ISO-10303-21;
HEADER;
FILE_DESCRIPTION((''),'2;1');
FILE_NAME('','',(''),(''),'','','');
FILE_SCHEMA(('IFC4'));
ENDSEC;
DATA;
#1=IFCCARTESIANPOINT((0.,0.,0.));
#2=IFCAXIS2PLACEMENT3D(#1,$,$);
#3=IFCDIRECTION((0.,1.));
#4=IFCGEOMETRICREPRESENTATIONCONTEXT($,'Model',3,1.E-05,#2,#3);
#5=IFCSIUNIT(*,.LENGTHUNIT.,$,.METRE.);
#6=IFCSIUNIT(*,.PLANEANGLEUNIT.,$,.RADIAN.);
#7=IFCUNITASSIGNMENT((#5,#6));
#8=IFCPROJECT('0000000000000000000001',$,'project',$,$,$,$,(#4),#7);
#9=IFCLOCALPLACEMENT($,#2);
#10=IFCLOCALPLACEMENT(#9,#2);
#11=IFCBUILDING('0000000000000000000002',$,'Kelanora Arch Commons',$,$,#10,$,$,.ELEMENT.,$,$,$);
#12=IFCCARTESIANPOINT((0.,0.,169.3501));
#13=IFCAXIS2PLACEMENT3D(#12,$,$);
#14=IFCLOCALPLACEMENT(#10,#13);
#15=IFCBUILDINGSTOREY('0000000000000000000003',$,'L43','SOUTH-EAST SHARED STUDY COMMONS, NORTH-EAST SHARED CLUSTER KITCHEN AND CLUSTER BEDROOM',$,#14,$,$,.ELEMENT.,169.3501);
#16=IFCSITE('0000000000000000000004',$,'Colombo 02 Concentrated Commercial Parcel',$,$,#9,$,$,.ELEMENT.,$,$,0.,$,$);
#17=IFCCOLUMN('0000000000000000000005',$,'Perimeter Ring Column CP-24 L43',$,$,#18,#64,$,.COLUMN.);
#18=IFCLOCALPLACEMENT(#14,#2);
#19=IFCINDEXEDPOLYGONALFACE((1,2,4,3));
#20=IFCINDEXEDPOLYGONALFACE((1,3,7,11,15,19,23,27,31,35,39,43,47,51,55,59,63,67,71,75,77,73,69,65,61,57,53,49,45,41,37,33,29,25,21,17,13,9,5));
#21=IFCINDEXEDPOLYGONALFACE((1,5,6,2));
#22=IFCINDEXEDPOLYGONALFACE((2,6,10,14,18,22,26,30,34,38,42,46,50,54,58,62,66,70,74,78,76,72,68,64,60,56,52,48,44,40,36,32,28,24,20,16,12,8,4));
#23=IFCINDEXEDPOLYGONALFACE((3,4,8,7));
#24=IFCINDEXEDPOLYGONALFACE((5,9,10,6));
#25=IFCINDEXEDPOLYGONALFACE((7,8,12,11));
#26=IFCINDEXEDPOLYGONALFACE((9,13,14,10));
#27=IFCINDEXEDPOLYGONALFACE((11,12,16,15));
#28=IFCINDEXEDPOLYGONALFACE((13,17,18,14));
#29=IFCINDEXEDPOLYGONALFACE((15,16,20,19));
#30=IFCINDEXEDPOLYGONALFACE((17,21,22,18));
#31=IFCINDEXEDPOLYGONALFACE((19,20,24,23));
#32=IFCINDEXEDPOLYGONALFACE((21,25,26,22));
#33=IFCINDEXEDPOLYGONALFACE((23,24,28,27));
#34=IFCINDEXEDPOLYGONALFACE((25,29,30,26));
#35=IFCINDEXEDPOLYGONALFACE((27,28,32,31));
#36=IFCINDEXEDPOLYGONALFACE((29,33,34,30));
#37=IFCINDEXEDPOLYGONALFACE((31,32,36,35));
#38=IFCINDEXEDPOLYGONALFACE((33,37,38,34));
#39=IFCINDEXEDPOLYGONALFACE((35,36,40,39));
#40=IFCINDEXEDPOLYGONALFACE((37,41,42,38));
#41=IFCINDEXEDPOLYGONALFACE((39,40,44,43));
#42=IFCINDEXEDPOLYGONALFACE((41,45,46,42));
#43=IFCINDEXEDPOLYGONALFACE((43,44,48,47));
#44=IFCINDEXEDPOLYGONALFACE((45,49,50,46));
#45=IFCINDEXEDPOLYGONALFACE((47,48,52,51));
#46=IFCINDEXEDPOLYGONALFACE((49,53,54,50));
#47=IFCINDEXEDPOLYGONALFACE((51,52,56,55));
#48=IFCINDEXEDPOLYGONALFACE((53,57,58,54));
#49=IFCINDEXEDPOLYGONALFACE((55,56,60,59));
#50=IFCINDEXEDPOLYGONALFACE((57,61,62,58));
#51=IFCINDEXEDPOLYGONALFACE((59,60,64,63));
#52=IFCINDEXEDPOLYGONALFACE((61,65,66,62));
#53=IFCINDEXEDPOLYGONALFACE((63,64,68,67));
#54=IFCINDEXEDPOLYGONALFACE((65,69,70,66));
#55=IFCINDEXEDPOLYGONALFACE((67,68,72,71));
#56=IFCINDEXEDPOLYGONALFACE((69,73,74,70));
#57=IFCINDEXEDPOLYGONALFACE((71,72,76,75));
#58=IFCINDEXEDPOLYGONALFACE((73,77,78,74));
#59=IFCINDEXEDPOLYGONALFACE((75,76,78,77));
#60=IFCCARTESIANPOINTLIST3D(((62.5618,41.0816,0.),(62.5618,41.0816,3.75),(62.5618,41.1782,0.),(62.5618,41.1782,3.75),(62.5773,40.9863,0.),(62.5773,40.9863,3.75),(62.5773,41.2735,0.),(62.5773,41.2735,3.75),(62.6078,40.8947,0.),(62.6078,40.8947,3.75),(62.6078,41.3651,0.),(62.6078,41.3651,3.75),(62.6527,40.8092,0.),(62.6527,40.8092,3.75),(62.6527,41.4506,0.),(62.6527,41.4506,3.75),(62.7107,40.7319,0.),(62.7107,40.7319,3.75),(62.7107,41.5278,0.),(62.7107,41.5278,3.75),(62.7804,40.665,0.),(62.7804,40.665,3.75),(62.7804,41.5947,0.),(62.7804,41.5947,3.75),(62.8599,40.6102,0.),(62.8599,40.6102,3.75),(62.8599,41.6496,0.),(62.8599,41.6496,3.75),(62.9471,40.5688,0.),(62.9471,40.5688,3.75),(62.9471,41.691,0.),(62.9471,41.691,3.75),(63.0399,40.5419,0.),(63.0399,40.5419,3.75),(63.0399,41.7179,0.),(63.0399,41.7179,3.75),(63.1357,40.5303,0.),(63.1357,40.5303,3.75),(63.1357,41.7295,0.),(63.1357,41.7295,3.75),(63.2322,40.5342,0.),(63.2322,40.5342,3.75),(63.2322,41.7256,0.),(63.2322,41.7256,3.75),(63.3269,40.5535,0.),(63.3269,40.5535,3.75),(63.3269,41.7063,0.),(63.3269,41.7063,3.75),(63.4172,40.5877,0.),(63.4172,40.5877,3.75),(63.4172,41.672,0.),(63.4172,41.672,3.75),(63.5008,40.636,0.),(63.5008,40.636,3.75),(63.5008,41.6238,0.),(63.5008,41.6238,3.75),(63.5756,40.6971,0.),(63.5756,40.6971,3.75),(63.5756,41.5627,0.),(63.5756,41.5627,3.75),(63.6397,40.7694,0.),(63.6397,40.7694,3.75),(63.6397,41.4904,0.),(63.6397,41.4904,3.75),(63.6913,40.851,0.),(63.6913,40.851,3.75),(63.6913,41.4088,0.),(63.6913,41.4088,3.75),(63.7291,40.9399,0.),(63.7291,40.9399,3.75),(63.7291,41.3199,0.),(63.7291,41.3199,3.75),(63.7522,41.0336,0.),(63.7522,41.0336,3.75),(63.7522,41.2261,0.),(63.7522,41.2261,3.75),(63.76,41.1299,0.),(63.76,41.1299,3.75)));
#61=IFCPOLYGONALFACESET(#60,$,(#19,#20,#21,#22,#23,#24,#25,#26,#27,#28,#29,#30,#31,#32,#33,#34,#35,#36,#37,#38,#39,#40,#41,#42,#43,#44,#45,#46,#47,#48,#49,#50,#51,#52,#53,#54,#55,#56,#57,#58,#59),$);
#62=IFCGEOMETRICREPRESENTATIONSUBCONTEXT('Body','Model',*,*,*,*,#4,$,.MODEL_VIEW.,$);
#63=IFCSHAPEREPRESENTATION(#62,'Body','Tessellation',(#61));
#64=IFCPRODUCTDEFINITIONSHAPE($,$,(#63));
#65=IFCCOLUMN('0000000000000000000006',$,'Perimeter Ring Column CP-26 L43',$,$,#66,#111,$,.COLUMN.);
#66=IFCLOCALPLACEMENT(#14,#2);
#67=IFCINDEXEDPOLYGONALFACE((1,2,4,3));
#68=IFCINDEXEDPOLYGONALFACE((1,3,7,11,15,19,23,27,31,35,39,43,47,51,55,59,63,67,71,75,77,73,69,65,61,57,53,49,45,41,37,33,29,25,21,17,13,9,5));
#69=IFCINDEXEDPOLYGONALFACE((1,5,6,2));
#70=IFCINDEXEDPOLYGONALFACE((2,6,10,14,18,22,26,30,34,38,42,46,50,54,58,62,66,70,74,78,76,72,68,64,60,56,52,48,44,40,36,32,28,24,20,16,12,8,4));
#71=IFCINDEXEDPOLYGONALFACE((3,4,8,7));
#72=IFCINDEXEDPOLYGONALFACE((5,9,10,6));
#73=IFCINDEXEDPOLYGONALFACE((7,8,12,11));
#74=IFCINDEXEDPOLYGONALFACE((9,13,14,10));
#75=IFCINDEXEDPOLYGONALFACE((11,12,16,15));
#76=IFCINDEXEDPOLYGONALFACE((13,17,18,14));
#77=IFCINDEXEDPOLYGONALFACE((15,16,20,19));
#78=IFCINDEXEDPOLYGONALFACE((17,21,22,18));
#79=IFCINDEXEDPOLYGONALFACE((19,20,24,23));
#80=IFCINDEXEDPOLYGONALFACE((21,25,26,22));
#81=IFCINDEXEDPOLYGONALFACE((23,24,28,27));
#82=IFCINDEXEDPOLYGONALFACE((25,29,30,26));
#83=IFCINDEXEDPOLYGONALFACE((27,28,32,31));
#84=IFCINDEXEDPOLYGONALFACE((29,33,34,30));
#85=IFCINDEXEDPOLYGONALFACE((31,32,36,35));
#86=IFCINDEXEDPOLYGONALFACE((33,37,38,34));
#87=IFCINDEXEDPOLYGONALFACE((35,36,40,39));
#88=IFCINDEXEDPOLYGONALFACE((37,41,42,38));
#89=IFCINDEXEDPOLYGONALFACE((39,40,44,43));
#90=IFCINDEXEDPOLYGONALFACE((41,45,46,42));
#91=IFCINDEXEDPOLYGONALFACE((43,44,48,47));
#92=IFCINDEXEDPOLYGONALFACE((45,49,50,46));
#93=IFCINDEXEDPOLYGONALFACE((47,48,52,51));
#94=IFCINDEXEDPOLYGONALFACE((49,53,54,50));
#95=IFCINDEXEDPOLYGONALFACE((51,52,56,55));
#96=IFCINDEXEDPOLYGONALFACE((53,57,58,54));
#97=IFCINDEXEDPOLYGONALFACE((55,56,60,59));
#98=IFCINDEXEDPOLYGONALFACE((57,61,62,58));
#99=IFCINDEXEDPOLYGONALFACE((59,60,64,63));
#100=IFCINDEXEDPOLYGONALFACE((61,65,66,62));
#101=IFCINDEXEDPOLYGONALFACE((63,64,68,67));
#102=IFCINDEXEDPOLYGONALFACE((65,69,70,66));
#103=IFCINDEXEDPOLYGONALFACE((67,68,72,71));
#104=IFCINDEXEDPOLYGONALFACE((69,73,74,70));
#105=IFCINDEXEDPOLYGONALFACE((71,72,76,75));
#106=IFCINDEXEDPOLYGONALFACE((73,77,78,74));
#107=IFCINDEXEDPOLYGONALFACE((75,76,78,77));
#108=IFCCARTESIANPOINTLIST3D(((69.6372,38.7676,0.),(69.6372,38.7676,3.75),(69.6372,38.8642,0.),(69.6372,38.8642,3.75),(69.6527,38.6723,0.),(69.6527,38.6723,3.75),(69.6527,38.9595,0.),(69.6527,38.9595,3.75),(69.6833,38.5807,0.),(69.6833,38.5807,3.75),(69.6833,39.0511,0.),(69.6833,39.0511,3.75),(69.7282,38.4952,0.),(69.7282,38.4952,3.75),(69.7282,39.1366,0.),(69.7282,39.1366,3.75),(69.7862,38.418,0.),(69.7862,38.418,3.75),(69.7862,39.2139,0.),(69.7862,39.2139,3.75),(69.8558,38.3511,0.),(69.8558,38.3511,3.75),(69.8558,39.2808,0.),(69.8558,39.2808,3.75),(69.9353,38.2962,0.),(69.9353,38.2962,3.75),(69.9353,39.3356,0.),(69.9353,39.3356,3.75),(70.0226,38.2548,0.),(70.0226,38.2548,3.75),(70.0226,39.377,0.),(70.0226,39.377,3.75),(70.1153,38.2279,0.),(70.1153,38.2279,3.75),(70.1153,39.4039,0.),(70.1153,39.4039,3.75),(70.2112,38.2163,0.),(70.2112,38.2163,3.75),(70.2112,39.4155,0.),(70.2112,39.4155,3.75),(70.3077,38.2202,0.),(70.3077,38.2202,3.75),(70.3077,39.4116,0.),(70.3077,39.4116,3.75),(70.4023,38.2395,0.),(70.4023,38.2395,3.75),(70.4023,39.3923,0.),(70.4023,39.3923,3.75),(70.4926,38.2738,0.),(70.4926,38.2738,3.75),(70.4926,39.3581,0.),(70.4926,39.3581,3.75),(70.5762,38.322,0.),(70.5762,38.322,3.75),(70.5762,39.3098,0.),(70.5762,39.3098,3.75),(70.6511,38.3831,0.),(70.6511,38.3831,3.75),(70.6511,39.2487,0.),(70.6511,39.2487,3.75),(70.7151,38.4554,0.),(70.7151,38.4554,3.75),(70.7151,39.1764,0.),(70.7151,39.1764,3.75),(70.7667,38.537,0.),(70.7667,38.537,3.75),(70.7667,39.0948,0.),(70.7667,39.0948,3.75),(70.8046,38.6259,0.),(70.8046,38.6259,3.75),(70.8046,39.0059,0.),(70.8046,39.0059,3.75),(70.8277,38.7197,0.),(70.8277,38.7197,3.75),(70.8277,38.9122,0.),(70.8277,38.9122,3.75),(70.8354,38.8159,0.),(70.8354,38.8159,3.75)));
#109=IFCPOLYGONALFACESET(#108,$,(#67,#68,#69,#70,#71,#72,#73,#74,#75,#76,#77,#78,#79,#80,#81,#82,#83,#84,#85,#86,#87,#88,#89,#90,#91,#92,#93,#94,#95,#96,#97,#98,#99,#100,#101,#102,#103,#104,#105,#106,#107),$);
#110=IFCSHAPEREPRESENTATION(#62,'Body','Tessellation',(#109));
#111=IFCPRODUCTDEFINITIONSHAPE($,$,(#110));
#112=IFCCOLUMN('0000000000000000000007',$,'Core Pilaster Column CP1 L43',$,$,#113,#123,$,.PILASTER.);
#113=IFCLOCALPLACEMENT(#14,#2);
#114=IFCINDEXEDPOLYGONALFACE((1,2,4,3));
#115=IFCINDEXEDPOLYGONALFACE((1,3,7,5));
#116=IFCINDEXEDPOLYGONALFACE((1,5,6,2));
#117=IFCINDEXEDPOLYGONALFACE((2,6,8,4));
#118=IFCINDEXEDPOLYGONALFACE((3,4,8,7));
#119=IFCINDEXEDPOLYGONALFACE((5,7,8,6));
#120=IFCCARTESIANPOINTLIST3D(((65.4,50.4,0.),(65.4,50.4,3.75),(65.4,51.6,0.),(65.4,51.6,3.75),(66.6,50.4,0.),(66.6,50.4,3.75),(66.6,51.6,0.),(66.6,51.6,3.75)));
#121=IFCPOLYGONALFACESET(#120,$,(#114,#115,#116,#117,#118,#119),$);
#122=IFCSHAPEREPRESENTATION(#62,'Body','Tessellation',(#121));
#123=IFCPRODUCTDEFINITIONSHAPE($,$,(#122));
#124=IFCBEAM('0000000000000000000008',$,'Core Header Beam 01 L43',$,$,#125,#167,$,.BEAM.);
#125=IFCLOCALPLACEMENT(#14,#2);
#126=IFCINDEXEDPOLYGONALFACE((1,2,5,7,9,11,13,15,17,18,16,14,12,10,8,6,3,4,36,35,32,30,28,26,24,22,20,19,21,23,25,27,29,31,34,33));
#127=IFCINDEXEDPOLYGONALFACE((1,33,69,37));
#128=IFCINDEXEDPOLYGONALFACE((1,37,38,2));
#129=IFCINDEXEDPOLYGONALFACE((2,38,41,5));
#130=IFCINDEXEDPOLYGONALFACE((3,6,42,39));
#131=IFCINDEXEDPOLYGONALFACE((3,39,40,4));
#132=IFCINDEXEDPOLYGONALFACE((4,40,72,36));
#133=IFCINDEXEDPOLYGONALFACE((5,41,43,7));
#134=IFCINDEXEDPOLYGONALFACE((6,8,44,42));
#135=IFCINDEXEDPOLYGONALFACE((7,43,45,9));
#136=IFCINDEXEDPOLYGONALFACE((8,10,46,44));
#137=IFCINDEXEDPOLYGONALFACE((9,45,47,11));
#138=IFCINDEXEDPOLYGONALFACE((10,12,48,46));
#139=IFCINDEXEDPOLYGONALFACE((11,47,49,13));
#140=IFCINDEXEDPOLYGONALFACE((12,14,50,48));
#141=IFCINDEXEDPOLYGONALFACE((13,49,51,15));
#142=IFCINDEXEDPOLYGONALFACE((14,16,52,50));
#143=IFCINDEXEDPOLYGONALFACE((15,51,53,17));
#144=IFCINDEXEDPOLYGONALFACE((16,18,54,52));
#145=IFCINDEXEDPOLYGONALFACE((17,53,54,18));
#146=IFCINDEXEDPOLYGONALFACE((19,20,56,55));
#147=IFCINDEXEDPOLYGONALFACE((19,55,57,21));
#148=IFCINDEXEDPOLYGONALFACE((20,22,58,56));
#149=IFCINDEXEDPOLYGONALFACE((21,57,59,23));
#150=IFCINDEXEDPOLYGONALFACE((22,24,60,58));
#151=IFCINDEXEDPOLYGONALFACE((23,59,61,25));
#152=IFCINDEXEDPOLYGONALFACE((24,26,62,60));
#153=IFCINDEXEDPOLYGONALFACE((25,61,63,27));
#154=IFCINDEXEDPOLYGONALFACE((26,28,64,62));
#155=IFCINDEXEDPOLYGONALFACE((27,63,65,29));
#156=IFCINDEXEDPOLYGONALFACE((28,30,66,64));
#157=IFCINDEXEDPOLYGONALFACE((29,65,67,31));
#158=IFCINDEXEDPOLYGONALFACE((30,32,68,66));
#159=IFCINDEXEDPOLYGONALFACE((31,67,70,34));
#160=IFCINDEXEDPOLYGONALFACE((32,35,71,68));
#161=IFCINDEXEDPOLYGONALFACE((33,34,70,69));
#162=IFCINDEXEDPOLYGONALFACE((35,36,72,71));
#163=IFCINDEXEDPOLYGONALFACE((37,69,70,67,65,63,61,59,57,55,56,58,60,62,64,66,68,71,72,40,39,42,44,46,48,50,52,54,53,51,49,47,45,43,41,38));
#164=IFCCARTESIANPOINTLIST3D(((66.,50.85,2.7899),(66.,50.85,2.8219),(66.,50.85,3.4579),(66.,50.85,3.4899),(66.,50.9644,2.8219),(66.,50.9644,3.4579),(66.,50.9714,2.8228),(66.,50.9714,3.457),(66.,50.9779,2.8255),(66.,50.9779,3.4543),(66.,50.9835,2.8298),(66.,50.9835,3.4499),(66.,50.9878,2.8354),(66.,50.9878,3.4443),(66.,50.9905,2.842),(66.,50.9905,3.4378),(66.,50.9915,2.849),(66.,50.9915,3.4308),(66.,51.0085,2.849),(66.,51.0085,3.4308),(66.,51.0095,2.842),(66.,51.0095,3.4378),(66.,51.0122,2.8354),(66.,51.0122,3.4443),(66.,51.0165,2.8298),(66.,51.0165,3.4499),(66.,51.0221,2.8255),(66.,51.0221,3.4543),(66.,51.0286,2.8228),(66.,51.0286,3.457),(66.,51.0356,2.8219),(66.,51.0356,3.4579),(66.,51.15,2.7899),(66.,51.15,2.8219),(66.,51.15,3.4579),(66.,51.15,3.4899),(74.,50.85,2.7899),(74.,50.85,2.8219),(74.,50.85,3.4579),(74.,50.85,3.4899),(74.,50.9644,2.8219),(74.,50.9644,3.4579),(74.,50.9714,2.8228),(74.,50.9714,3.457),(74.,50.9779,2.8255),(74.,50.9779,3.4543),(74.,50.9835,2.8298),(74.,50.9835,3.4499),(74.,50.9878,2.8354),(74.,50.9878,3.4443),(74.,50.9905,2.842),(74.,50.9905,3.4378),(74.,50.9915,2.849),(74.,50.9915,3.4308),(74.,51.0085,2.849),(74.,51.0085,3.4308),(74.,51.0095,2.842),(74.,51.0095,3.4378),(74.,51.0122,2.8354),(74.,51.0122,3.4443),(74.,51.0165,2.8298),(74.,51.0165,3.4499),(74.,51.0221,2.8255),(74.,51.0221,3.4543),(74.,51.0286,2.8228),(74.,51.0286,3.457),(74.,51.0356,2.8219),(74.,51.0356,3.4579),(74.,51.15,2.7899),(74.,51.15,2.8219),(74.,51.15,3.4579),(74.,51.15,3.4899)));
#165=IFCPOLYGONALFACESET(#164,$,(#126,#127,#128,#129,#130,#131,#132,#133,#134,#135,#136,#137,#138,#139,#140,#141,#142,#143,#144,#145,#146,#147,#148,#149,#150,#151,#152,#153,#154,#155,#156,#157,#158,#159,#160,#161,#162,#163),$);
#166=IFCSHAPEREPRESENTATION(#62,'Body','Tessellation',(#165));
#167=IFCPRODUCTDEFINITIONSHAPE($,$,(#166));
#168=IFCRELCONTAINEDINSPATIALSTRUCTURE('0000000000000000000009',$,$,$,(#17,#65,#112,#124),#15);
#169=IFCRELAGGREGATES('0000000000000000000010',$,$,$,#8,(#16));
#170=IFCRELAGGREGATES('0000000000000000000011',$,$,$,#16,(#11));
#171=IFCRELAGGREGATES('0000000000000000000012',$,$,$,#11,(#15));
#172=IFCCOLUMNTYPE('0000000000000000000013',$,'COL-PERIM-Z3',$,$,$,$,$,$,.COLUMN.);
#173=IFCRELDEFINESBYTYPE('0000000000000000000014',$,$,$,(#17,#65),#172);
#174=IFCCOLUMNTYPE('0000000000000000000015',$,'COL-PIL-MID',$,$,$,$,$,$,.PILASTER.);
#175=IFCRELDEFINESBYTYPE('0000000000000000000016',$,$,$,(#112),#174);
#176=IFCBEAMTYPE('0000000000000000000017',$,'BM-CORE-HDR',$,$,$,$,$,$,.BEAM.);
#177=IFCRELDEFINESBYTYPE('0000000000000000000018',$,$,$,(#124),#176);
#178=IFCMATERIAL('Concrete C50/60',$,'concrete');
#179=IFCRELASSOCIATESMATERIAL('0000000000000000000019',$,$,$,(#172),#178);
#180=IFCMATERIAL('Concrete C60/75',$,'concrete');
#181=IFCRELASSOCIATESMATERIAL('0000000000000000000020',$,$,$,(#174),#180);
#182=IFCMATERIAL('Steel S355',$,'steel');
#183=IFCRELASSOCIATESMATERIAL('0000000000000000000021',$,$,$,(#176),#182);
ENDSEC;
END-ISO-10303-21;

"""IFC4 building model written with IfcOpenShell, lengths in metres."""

from ifc_helpers import new_model, si_unit, direction, frame, origin, origin_2d, place, context, subcontext, project, spatial, rectangle, circle, i_section, extrude, material, material_profile, profile_set, type_object, element, save


model = new_model("IFC4")

# Units and contexts
model_context = context("Model", 3, precision=1e-05, world=origin(), true_north=direction((0.0, 1.0)))
body_context = subcontext(model_context, "Body", "Model", "MODEL_VIEW")
ifc_project = project(units=[si_unit("LENGTHUNIT", "METRE"), si_unit("PLANEANGLEUNIT", "RADIAN")], contexts=[model_context])

# Site, building, storey
site_placement = place(None, origin())
site = spatial("IfcSite", under=ifc_project, at=site_placement, Name="Colombo 02 Concentrated Commercial Parcel", CompositionType="ELEMENT", RefElevation=0.0)
building_placement = place(site_placement, origin())
building = spatial("IfcBuilding", under=site, at=building_placement, Name="Kelanora Arch Commons", CompositionType="ELEMENT")
storey_placement = place(building_placement, frame((0.0, 0.0, 169.3501)))
storey = spatial("IfcBuildingStorey", under=building, at=storey_placement, Name="L43", Description="SOUTH-EAST SHARED STUDY COMMONS, NORTH-EAST SHARED CLUSTER KITCHEN AND CLUSTER BEDROOM", CompositionType="ELEMENT", Elevation=169.3501)

# Columns
ifc_material_1 = material(Name="Concrete C50/60", Category="concrete")
ifc_material_profile_1 = material_profile(ifc_material_1, circle(Radius=0.6001, at=origin_2d()), Name="RCC1200")
ifc_profile_set_1 = profile_set([ifc_material_profile_1], Name="Concrete C50/60")
column_type_1 = type_object("IfcColumnType", Name="COL-PERIM-Z3", PredefinedType="COLUMN", material=ifc_profile_set_1)
for number, where, z_axis, x_axis, name in (
    (1, (63.1599, 41.1299, 0.0), (0.0, 0.0, 1.0), (1.0, 0.0, 0.0), "Perimeter Ring Column CP-24 L43"),
    (2, (70.2354, 38.8159, 0.0), (0.0, 0.0, 1.0), (1.0, 0.0, 0.0), "Perimeter Ring Column CP-26 L43"),
):
    element("IfcColumn", number, at=place(storey_placement, frame(where, z_axis=z_axis, x_axis=x_axis)), inside=storey, type_object=column_type_1, Name=name, PredefinedType="COLUMN", context=body_context, shape_type="SweptSolid", body=[
        extrude(circle(Radius=0.6001, at=origin_2d()), origin(), (0.0, 0.0, 1.0), 3.75),
    ])
ifc_material_2 = material(Name="Concrete C60/75", Category="concrete")
ifc_material_profile_2 = material_profile(ifc_material_2, rectangle(XDim=1.2, YDim=1.2, at=origin_2d()), Name="RC1200x1200")
ifc_profile_set_2 = profile_set([ifc_material_profile_2], Name="Concrete C60/75")
column_type_2 = type_object("IfcColumnType", Name="COL-PIL-MID", PredefinedType="PILASTER", material=ifc_profile_set_2)
column_placement = place(storey_placement, frame((66.0, 51.0, 0.0), z_axis=(0.0, 0.0, 1.0), x_axis=(1.0, 0.0, 0.0)))
element("IfcColumn", 3, at=column_placement, inside=storey, type_object=column_type_2, Name="Core Pilaster Column CP1 L43", PredefinedType="PILASTER", context=body_context, shape_type="SweptSolid", body=[
    extrude(rectangle(XDim=1.2, YDim=1.2, at=origin_2d()), origin(), (0.0, 0.0, 1.0), 3.75),
])

# Beam
ifc_material_3 = material(Name="Steel S355", Category="steel")
ifc_material_profile_3 = material_profile(ifc_material_3, i_section(OverallWidth=0.3, OverallDepth=0.7, WebThickness=0.0171, FlangeThickness=0.032, FilletRadius=0.0271, at=origin_2d()), Name="HEB700")
ifc_profile_set_3 = profile_set([ifc_material_profile_3], Name="Steel S355")
beam_type_1 = type_object("IfcBeamType", Name="BM-CORE-HDR", PredefinedType="BEAM", material=ifc_profile_set_3)
beam_1_placement = place(storey_placement, frame((66.0, 51.0, 3.1399), z_axis=(1.0, 0.0, 0.0), x_axis=(0.0, 1.0, 0.0)))
element("IfcBeam", 4, at=beam_1_placement, inside=storey, type_object=beam_type_1, Name="Core Header Beam 01 L43", PredefinedType="BEAM", context=body_context, shape_type="SweptSolid", body=[
    extrude(i_section(OverallWidth=0.3, OverallDepth=0.7, WebThickness=0.0171, FlangeThickness=0.032, FilletRadius=0.0271, at=origin_2d()), origin(), (0.0, 0.0, 1.0), 8.0),
])

save(model, "model.ifc")
